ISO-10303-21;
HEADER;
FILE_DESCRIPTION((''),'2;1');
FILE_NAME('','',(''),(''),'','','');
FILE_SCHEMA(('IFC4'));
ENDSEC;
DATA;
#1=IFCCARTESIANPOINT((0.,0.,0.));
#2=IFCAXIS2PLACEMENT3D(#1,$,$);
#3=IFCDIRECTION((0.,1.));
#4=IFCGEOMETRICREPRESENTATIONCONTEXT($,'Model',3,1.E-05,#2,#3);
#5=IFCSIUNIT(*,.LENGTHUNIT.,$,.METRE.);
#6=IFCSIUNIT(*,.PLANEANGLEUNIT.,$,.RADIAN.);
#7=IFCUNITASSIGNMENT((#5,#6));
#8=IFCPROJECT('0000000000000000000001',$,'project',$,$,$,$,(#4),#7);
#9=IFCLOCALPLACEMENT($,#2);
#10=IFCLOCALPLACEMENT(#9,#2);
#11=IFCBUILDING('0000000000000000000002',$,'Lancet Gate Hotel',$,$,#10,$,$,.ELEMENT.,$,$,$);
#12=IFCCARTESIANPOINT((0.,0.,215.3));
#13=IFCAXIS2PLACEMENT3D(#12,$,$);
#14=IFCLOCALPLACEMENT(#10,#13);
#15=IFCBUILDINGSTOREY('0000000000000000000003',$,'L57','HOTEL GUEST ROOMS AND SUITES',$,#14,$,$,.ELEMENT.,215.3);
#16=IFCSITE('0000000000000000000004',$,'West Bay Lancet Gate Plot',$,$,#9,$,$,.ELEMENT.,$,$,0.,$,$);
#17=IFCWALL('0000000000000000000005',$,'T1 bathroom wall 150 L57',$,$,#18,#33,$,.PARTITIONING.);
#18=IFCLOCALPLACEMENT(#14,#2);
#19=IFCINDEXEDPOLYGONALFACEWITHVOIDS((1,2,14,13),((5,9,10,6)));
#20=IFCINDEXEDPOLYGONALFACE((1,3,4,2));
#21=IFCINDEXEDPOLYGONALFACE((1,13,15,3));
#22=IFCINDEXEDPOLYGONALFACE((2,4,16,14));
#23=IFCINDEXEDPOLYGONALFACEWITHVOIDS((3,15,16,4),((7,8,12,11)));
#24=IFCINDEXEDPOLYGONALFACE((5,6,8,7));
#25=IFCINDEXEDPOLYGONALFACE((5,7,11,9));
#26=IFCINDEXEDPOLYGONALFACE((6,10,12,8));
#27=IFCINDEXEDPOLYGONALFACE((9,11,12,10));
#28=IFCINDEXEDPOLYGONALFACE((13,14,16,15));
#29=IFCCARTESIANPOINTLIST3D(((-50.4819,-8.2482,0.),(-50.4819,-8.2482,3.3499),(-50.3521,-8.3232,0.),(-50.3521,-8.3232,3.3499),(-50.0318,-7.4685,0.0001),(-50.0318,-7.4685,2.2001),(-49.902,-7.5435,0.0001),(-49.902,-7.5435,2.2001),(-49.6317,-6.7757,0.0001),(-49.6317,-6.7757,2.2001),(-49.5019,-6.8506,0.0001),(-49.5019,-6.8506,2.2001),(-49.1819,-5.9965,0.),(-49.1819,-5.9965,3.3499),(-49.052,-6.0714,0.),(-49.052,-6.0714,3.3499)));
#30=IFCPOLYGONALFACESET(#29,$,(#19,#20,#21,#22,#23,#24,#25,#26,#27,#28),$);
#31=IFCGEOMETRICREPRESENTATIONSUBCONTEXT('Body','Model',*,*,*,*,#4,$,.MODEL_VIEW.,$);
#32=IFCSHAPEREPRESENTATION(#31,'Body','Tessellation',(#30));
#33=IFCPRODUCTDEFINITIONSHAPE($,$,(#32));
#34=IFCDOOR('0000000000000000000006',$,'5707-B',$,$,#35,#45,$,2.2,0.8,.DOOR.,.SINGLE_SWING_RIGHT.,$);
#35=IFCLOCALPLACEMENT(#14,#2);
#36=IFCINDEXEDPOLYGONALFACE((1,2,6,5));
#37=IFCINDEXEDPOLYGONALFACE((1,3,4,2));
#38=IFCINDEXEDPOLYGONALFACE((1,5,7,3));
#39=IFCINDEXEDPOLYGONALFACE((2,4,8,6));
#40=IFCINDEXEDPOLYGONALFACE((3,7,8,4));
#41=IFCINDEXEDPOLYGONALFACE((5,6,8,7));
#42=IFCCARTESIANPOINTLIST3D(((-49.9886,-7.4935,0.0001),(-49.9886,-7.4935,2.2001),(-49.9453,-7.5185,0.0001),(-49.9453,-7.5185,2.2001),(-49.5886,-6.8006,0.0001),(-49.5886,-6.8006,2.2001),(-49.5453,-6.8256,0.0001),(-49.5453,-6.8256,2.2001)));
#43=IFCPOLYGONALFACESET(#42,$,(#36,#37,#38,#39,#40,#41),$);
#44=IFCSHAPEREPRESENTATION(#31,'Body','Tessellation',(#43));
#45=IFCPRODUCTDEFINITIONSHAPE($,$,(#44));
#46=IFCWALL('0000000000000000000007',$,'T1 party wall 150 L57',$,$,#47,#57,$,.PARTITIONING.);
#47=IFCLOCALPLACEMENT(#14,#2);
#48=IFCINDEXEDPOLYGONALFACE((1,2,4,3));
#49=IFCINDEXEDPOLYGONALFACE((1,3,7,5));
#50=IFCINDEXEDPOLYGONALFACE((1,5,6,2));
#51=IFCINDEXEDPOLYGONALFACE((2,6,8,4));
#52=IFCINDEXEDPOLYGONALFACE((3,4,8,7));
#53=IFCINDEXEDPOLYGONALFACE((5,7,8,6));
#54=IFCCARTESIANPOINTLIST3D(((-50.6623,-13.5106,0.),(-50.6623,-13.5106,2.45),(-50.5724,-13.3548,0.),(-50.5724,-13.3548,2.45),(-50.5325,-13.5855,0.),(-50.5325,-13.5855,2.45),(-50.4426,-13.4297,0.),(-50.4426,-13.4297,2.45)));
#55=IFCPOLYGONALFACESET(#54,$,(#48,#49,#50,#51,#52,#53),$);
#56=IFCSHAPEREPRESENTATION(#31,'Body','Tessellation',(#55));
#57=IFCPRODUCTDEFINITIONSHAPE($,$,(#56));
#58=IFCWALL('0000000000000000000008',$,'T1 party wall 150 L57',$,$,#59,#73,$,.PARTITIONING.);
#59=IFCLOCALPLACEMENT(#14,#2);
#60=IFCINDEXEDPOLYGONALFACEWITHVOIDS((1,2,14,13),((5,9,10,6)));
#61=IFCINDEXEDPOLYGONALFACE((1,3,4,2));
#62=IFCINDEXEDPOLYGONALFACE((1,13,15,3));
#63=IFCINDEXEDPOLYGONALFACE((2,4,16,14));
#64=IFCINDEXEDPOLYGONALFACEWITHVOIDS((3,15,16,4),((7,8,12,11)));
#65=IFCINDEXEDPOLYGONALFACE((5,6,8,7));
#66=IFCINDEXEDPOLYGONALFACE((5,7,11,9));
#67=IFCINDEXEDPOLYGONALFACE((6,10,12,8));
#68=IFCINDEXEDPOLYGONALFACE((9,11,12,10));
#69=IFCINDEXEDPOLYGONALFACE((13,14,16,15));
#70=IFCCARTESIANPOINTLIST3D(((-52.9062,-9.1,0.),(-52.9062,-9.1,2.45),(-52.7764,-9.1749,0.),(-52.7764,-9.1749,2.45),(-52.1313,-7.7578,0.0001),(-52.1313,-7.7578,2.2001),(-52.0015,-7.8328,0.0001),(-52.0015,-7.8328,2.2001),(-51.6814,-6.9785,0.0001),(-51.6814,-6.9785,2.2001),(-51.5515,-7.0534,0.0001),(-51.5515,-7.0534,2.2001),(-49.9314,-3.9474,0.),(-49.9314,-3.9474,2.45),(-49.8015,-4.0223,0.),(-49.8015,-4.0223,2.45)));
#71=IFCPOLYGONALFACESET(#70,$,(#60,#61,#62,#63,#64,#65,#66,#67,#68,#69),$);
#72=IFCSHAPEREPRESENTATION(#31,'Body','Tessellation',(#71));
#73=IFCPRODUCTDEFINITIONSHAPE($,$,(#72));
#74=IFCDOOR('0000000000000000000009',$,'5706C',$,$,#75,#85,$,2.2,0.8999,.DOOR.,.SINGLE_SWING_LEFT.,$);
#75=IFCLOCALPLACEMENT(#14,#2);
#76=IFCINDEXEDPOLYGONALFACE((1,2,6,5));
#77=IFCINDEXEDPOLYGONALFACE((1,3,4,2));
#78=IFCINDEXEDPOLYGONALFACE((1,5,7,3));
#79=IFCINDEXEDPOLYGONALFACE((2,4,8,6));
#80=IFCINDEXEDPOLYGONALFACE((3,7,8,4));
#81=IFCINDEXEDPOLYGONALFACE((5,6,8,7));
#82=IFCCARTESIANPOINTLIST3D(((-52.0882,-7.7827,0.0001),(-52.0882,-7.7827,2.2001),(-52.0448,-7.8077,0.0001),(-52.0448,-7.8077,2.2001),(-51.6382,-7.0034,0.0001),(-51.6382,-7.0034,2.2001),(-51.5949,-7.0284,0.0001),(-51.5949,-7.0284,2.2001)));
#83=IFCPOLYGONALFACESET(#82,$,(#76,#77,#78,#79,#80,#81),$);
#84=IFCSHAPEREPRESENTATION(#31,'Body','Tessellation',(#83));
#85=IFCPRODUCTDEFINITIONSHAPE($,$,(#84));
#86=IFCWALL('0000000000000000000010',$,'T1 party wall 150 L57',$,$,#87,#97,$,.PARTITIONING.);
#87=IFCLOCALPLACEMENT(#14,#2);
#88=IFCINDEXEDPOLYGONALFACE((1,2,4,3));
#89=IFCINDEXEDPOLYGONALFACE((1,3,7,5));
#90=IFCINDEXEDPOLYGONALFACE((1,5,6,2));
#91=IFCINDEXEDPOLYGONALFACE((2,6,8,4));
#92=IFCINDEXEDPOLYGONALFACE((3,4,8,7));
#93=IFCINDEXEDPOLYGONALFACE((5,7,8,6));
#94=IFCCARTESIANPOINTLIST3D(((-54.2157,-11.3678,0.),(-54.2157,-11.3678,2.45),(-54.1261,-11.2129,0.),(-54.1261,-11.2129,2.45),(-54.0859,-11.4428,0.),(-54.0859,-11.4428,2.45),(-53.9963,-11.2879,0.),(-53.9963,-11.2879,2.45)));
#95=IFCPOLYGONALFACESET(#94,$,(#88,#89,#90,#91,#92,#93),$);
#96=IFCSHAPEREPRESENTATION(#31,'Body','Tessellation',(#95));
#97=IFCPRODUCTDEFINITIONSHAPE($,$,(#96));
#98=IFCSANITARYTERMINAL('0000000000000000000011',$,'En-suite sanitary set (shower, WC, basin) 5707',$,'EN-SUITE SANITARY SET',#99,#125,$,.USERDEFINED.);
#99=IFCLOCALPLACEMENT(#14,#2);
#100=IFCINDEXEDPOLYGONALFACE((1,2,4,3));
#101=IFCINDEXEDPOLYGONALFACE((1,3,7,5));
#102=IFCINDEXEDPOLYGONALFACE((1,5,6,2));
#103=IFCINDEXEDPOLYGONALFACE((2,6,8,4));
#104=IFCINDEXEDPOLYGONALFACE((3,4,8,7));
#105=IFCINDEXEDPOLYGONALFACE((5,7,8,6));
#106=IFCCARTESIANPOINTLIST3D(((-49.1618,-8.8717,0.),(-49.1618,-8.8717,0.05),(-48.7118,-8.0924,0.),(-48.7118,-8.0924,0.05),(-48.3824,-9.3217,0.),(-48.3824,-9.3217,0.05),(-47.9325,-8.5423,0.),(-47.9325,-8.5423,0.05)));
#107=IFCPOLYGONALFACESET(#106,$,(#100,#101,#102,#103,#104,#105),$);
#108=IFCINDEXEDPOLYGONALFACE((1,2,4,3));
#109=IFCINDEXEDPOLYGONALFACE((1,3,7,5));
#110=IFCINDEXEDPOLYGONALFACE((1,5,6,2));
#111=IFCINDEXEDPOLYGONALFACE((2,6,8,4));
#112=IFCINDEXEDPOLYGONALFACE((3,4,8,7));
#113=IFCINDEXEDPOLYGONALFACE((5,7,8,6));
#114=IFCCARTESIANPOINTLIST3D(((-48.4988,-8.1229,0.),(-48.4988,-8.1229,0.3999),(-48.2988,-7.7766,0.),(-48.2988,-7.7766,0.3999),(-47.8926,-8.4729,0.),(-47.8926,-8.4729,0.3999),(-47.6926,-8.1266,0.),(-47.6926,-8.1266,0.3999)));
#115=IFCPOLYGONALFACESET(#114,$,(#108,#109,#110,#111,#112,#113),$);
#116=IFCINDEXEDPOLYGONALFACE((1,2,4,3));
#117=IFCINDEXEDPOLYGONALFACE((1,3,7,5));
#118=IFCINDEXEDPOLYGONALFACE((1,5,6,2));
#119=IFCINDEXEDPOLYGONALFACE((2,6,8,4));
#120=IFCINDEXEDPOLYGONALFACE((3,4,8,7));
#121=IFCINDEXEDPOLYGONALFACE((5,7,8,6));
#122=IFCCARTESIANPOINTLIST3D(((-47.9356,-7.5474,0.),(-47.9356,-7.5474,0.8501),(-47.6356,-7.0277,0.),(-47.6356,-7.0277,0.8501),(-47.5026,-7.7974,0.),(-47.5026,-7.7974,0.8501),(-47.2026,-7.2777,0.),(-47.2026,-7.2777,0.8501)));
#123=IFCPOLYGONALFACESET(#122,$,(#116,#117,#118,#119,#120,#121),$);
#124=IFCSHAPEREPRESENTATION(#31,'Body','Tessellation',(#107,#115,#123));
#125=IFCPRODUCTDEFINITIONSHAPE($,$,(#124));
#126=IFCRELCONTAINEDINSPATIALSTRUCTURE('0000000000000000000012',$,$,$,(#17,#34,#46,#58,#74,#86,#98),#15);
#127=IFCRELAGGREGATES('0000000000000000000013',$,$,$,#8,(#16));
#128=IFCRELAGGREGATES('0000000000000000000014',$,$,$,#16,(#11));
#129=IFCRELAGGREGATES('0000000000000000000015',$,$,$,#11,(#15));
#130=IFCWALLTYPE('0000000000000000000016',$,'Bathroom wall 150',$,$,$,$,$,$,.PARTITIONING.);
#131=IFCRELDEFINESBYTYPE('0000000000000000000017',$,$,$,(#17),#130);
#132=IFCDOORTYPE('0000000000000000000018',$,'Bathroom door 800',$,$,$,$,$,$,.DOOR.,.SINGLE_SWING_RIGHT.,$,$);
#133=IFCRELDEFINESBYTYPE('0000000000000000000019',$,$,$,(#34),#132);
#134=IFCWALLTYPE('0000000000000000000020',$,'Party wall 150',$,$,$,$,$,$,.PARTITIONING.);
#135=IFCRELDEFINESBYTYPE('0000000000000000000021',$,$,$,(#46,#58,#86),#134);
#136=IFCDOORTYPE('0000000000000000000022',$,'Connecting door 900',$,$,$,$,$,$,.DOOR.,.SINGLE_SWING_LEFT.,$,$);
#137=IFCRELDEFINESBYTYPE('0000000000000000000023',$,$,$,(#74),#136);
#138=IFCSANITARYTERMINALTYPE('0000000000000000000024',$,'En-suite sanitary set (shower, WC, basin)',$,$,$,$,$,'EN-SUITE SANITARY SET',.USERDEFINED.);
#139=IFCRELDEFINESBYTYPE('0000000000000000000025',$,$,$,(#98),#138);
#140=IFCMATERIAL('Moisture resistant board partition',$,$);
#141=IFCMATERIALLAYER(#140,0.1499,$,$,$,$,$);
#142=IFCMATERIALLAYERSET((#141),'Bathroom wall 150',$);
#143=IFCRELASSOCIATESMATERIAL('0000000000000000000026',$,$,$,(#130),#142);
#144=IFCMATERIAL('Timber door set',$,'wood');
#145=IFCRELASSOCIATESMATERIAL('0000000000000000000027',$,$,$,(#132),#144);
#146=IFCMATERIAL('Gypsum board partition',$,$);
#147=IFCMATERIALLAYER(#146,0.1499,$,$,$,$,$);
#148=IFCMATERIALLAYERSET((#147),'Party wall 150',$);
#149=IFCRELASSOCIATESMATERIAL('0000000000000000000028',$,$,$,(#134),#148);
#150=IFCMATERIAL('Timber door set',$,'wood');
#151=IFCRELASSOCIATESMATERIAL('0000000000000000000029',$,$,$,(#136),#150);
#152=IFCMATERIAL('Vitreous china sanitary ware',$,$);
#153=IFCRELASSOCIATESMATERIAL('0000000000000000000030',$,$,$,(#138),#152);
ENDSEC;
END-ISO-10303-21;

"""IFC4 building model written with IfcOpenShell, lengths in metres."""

from ifc_helpers import new_model, si_unit, direction, frame, frame_2d, origin, origin_2d, place, context, subcontext, project, spatial, rectangle, extrude, material, layer, layer_set, type_object, element, fill, save


model = new_model("IFC4")

# Units and contexts
model_context = context("Model", 3, precision=1e-05, world=origin(), true_north=direction((0.0, 1.0)))
body_context = subcontext(model_context, "Body", "Model", "MODEL_VIEW")
ifc_project = project(units=[si_unit("LENGTHUNIT", "METRE"), si_unit("PLANEANGLEUNIT", "RADIAN")], contexts=[model_context])

# Site, building, storey
site_placement = place(None, origin())
site = spatial("IfcSite", under=ifc_project, at=site_placement, Name="West Bay Lancet Gate Plot", CompositionType="ELEMENT", RefElevation=0.0)
building_placement = place(site_placement, origin())
building = spatial("IfcBuilding", under=site, at=building_placement, Name="Lancet Gate Hotel", CompositionType="ELEMENT")
storey_placement = place(building_placement, frame((0.0, 0.0, 215.3)))
storey = spatial("IfcBuildingStorey", under=building, at=storey_placement, Name="L57", Description="HOTEL GUEST ROOMS AND SUITES", CompositionType="ELEMENT", Elevation=215.3)

# Shared definitions
ifc_material_1 = material(Name="Moisture resistant board partition")
ifc_layer_1 = layer(ifc_material_1, 0.1499)
ifc_layer_set_1 = layer_set([ifc_layer_1], Name="Bathroom wall 150")
wall_type_1 = type_object("IfcWallType", Name="Bathroom wall 150", PredefinedType="PARTITIONING", material=ifc_layer_set_1)
ifc_material_2 = material(Name="Timber door set", Category="wood")
door_type_1 = type_object("IfcDoorType", Name="Bathroom door 800", OperationType="SINGLE_SWING_RIGHT", PredefinedType="DOOR", material=ifc_material_2)

# Wall, opening, door
wall_1_placement = place(storey_placement, frame((-49.1169, -6.0339, 0.0), z_axis=(0.0, 0.0, 1.0), x_axis=(-0.500007, -0.866021, 0.0)))
wall_1 = element("IfcWall", 1, at=wall_1_placement, inside=storey, type_object=wall_type_1, Name="T1 bathroom wall 150 L57", PredefinedType="PARTITIONING", context=body_context, shape_type="SweptSolid", body=[
    extrude(rectangle(XDim=2.6001, YDim=0.1499, at=frame_2d((1.3, 0.0))), origin(), (0.0, 0.0, 1.0), 3.3499),
])
opening_1_placement = place(wall_1_placement, frame((0.8999, 0.0, 0.0)))
opening_1 = element("IfcOpeningElement", 2, at=opening_1_placement, cuts=wall_1, PredefinedType="OPENING", context=body_context, shape_type="SweptSolid", body=[
    extrude(rectangle(XDim=0.8, YDim=2.2, at=frame_2d((0.3999, 1.1001))), frame((0.0, 0.085, 0.0), z_axis=(0.0, -1.0, 0.0), x_axis=(1.0, 0.0, 0.0)), (0.0, 0.0, 1.0), 0.1699),
])
door_1_placement = place(opening_1_placement, origin())
door_1 = element("IfcDoor", 3, at=door_1_placement, inside=storey, type_object=door_type_1, Name="5707-B", OperationType="SINGLE_SWING_RIGHT", OverallHeight=2.2, OverallWidth=0.8, PredefinedType="DOOR", context=body_context, shape_type="SweptSolid", body=[
    extrude(rectangle(XDim=0.8, YDim=2.2, at=frame_2d((0.3999, 1.1001))), frame((0.0, 0.0249, 0.0), z_axis=(0.0, -1.0, 0.0), x_axis=(1.0, 0.0, 0.0)), (0.0, 0.0, 1.0), 0.05),
])
fill(opening_1, door_1)

# Wall
ifc_material_3 = material(Name="Gypsum board partition")
ifc_layer_2 = layer(ifc_material_3, 0.1499)
ifc_layer_set_2 = layer_set([ifc_layer_2], Name="Party wall 150")
wall_type_2 = type_object("IfcWallType", Name="Party wall 150", PredefinedType="PARTITIONING", material=ifc_layer_set_2)
wall_2_placement = place(storey_placement, frame((-50.5076, -13.3923, 0.0), z_axis=(0.0, 0.0, 1.0), x_axis=(-0.499644, -0.866231, 0.0)))
element("IfcWall", 4, at=wall_2_placement, inside=storey, type_object=wall_type_2, Name="T1 party wall 150 L57", PredefinedType="PARTITIONING", context=body_context, shape_type="SweptSolid", body=[
    extrude(rectangle(XDim=0.1799, YDim=0.1499, at=frame_2d((0.0898, 0.0))), origin(), (0.0, 0.0, 1.0), 2.45),
])

# Wall, opening, door
wall_3_placement = place(storey_placement, frame((-49.8665, -3.9849, 0.0), z_axis=(0.0, 0.0, 1.0), x_axis=(-0.500001, -0.866025, 0.0)))
wall_3 = element("IfcWall", 5, at=wall_3_placement, inside=storey, type_object=wall_type_2, Name="T1 party wall 150 L57", PredefinedType="PARTITIONING", context=body_context, shape_type="SweptSolid", body=[
    extrude(rectangle(XDim=5.9497, YDim=0.1499, at=frame_2d((2.9749, 0.0))), origin(), (0.0, 0.0, 1.0), 2.45),
])
opening_2_placement = place(wall_3_placement, frame((3.5, 0.0, 0.0)))
opening_2 = element("IfcOpeningElement", 6, at=opening_2_placement, cuts=wall_3, PredefinedType="OPENING", context=body_context, shape_type="SweptSolid", body=[
    extrude(rectangle(XDim=0.8999, YDim=2.2, at=frame_2d((0.45, 1.1001))), frame((0.0, 0.085, 0.0), z_axis=(0.0, -1.0, 0.0), x_axis=(1.0, 0.0, 0.0)), (0.0, 0.0, 1.0), 0.1699),
])
ifc_material_4 = material(Name="Timber door set", Category="wood")
door_type_2 = type_object("IfcDoorType", Name="Connecting door 900", OperationType="SINGLE_SWING_LEFT", PredefinedType="DOOR", material=ifc_material_4)
door_2_placement = place(opening_2_placement, origin())
door_2 = element("IfcDoor", 7, at=door_2_placement, inside=storey, type_object=door_type_2, Name="5706C", OperationType="SINGLE_SWING_LEFT", OverallHeight=2.2, OverallWidth=0.8999, PredefinedType="DOOR", context=body_context, shape_type="SweptSolid", body=[
    extrude(rectangle(XDim=0.8999, YDim=2.2, at=frame_2d((0.45, 1.1001))), frame((0.0, 0.0249, 0.0), z_axis=(0.0, -1.0, 0.0), x_axis=(1.0, 0.0, 0.0)), (0.0, 0.0, 1.0), 0.05),
])
fill(opening_2, door_2)

# Wall
wall_4_placement = place(storey_placement, frame((-54.0613, -11.2505, 0.0), z_axis=(0.0, 0.0, 1.0), x_axis=(-0.500391, -0.865799, 0.0)))
element("IfcWall", 8, at=wall_4_placement, inside=storey, type_object=wall_type_2, Name="T1 party wall 150 L57", PredefinedType="PARTITIONING", context=body_context, shape_type="SweptSolid", body=[
    extrude(rectangle(XDim=0.179, YDim=0.1499, at=frame_2d((0.0894, 0.0))), origin(), (0.0, 0.0, 1.0), 2.45),
])

# Sanitary terminal
ifc_material_5 = material(Name="Vitreous china sanitary ware")
sanitary_terminal_type = type_object("IfcSanitaryTerminalType", Name="En-suite sanitary set (shower, WC, basin)", ElementType="EN-SUITE SANITARY SET", PredefinedType="USERDEFINED", material=ifc_material_5)
sanitary_terminal_placement = place(storey_placement, frame((-48.5471, -8.707, 0.0), z_axis=(0.0, 0.0, 1.0), x_axis=(1.0, 0.0, 0.0)))
element("IfcSanitaryTerminal", 9, at=sanitary_terminal_placement, inside=storey, type_object=sanitary_terminal_type, Name="En-suite sanitary set (shower, WC, basin) 5707", ObjectType="EN-SUITE SANITARY SET", PredefinedType="USERDEFINED", context=body_context, shape_type="SweptSolid", body=[
    extrude(rectangle(XDim=0.8999, YDim=0.8999, at=origin_2d()), frame((0.0, 0.0, 0.0), z_axis=(0.0, 0.0, 1.0), x_axis=(-0.5, -0.866025, 0.0)), (0.0, 0.0, 1.0), 0.05),
    extrude(rectangle(XDim=0.3999, YDim=0.7, at=origin_2d()), frame((0.4514, 0.5823, 0.0), z_axis=(0.0, 0.0, 1.0), x_axis=(-0.5, -0.866025, 0.0)), (0.0, 0.0, 1.0), 0.3999),
    extrude(rectangle(XDim=0.6001, YDim=0.5, at=origin_2d()), frame((0.978, 1.2944, 0.0), z_axis=(0.0, 0.0, 1.0), x_axis=(-0.5, -0.866025, 0.0)), (0.0, 0.0, 1.0), 0.8501),
])

save(model, "model.ifc")
